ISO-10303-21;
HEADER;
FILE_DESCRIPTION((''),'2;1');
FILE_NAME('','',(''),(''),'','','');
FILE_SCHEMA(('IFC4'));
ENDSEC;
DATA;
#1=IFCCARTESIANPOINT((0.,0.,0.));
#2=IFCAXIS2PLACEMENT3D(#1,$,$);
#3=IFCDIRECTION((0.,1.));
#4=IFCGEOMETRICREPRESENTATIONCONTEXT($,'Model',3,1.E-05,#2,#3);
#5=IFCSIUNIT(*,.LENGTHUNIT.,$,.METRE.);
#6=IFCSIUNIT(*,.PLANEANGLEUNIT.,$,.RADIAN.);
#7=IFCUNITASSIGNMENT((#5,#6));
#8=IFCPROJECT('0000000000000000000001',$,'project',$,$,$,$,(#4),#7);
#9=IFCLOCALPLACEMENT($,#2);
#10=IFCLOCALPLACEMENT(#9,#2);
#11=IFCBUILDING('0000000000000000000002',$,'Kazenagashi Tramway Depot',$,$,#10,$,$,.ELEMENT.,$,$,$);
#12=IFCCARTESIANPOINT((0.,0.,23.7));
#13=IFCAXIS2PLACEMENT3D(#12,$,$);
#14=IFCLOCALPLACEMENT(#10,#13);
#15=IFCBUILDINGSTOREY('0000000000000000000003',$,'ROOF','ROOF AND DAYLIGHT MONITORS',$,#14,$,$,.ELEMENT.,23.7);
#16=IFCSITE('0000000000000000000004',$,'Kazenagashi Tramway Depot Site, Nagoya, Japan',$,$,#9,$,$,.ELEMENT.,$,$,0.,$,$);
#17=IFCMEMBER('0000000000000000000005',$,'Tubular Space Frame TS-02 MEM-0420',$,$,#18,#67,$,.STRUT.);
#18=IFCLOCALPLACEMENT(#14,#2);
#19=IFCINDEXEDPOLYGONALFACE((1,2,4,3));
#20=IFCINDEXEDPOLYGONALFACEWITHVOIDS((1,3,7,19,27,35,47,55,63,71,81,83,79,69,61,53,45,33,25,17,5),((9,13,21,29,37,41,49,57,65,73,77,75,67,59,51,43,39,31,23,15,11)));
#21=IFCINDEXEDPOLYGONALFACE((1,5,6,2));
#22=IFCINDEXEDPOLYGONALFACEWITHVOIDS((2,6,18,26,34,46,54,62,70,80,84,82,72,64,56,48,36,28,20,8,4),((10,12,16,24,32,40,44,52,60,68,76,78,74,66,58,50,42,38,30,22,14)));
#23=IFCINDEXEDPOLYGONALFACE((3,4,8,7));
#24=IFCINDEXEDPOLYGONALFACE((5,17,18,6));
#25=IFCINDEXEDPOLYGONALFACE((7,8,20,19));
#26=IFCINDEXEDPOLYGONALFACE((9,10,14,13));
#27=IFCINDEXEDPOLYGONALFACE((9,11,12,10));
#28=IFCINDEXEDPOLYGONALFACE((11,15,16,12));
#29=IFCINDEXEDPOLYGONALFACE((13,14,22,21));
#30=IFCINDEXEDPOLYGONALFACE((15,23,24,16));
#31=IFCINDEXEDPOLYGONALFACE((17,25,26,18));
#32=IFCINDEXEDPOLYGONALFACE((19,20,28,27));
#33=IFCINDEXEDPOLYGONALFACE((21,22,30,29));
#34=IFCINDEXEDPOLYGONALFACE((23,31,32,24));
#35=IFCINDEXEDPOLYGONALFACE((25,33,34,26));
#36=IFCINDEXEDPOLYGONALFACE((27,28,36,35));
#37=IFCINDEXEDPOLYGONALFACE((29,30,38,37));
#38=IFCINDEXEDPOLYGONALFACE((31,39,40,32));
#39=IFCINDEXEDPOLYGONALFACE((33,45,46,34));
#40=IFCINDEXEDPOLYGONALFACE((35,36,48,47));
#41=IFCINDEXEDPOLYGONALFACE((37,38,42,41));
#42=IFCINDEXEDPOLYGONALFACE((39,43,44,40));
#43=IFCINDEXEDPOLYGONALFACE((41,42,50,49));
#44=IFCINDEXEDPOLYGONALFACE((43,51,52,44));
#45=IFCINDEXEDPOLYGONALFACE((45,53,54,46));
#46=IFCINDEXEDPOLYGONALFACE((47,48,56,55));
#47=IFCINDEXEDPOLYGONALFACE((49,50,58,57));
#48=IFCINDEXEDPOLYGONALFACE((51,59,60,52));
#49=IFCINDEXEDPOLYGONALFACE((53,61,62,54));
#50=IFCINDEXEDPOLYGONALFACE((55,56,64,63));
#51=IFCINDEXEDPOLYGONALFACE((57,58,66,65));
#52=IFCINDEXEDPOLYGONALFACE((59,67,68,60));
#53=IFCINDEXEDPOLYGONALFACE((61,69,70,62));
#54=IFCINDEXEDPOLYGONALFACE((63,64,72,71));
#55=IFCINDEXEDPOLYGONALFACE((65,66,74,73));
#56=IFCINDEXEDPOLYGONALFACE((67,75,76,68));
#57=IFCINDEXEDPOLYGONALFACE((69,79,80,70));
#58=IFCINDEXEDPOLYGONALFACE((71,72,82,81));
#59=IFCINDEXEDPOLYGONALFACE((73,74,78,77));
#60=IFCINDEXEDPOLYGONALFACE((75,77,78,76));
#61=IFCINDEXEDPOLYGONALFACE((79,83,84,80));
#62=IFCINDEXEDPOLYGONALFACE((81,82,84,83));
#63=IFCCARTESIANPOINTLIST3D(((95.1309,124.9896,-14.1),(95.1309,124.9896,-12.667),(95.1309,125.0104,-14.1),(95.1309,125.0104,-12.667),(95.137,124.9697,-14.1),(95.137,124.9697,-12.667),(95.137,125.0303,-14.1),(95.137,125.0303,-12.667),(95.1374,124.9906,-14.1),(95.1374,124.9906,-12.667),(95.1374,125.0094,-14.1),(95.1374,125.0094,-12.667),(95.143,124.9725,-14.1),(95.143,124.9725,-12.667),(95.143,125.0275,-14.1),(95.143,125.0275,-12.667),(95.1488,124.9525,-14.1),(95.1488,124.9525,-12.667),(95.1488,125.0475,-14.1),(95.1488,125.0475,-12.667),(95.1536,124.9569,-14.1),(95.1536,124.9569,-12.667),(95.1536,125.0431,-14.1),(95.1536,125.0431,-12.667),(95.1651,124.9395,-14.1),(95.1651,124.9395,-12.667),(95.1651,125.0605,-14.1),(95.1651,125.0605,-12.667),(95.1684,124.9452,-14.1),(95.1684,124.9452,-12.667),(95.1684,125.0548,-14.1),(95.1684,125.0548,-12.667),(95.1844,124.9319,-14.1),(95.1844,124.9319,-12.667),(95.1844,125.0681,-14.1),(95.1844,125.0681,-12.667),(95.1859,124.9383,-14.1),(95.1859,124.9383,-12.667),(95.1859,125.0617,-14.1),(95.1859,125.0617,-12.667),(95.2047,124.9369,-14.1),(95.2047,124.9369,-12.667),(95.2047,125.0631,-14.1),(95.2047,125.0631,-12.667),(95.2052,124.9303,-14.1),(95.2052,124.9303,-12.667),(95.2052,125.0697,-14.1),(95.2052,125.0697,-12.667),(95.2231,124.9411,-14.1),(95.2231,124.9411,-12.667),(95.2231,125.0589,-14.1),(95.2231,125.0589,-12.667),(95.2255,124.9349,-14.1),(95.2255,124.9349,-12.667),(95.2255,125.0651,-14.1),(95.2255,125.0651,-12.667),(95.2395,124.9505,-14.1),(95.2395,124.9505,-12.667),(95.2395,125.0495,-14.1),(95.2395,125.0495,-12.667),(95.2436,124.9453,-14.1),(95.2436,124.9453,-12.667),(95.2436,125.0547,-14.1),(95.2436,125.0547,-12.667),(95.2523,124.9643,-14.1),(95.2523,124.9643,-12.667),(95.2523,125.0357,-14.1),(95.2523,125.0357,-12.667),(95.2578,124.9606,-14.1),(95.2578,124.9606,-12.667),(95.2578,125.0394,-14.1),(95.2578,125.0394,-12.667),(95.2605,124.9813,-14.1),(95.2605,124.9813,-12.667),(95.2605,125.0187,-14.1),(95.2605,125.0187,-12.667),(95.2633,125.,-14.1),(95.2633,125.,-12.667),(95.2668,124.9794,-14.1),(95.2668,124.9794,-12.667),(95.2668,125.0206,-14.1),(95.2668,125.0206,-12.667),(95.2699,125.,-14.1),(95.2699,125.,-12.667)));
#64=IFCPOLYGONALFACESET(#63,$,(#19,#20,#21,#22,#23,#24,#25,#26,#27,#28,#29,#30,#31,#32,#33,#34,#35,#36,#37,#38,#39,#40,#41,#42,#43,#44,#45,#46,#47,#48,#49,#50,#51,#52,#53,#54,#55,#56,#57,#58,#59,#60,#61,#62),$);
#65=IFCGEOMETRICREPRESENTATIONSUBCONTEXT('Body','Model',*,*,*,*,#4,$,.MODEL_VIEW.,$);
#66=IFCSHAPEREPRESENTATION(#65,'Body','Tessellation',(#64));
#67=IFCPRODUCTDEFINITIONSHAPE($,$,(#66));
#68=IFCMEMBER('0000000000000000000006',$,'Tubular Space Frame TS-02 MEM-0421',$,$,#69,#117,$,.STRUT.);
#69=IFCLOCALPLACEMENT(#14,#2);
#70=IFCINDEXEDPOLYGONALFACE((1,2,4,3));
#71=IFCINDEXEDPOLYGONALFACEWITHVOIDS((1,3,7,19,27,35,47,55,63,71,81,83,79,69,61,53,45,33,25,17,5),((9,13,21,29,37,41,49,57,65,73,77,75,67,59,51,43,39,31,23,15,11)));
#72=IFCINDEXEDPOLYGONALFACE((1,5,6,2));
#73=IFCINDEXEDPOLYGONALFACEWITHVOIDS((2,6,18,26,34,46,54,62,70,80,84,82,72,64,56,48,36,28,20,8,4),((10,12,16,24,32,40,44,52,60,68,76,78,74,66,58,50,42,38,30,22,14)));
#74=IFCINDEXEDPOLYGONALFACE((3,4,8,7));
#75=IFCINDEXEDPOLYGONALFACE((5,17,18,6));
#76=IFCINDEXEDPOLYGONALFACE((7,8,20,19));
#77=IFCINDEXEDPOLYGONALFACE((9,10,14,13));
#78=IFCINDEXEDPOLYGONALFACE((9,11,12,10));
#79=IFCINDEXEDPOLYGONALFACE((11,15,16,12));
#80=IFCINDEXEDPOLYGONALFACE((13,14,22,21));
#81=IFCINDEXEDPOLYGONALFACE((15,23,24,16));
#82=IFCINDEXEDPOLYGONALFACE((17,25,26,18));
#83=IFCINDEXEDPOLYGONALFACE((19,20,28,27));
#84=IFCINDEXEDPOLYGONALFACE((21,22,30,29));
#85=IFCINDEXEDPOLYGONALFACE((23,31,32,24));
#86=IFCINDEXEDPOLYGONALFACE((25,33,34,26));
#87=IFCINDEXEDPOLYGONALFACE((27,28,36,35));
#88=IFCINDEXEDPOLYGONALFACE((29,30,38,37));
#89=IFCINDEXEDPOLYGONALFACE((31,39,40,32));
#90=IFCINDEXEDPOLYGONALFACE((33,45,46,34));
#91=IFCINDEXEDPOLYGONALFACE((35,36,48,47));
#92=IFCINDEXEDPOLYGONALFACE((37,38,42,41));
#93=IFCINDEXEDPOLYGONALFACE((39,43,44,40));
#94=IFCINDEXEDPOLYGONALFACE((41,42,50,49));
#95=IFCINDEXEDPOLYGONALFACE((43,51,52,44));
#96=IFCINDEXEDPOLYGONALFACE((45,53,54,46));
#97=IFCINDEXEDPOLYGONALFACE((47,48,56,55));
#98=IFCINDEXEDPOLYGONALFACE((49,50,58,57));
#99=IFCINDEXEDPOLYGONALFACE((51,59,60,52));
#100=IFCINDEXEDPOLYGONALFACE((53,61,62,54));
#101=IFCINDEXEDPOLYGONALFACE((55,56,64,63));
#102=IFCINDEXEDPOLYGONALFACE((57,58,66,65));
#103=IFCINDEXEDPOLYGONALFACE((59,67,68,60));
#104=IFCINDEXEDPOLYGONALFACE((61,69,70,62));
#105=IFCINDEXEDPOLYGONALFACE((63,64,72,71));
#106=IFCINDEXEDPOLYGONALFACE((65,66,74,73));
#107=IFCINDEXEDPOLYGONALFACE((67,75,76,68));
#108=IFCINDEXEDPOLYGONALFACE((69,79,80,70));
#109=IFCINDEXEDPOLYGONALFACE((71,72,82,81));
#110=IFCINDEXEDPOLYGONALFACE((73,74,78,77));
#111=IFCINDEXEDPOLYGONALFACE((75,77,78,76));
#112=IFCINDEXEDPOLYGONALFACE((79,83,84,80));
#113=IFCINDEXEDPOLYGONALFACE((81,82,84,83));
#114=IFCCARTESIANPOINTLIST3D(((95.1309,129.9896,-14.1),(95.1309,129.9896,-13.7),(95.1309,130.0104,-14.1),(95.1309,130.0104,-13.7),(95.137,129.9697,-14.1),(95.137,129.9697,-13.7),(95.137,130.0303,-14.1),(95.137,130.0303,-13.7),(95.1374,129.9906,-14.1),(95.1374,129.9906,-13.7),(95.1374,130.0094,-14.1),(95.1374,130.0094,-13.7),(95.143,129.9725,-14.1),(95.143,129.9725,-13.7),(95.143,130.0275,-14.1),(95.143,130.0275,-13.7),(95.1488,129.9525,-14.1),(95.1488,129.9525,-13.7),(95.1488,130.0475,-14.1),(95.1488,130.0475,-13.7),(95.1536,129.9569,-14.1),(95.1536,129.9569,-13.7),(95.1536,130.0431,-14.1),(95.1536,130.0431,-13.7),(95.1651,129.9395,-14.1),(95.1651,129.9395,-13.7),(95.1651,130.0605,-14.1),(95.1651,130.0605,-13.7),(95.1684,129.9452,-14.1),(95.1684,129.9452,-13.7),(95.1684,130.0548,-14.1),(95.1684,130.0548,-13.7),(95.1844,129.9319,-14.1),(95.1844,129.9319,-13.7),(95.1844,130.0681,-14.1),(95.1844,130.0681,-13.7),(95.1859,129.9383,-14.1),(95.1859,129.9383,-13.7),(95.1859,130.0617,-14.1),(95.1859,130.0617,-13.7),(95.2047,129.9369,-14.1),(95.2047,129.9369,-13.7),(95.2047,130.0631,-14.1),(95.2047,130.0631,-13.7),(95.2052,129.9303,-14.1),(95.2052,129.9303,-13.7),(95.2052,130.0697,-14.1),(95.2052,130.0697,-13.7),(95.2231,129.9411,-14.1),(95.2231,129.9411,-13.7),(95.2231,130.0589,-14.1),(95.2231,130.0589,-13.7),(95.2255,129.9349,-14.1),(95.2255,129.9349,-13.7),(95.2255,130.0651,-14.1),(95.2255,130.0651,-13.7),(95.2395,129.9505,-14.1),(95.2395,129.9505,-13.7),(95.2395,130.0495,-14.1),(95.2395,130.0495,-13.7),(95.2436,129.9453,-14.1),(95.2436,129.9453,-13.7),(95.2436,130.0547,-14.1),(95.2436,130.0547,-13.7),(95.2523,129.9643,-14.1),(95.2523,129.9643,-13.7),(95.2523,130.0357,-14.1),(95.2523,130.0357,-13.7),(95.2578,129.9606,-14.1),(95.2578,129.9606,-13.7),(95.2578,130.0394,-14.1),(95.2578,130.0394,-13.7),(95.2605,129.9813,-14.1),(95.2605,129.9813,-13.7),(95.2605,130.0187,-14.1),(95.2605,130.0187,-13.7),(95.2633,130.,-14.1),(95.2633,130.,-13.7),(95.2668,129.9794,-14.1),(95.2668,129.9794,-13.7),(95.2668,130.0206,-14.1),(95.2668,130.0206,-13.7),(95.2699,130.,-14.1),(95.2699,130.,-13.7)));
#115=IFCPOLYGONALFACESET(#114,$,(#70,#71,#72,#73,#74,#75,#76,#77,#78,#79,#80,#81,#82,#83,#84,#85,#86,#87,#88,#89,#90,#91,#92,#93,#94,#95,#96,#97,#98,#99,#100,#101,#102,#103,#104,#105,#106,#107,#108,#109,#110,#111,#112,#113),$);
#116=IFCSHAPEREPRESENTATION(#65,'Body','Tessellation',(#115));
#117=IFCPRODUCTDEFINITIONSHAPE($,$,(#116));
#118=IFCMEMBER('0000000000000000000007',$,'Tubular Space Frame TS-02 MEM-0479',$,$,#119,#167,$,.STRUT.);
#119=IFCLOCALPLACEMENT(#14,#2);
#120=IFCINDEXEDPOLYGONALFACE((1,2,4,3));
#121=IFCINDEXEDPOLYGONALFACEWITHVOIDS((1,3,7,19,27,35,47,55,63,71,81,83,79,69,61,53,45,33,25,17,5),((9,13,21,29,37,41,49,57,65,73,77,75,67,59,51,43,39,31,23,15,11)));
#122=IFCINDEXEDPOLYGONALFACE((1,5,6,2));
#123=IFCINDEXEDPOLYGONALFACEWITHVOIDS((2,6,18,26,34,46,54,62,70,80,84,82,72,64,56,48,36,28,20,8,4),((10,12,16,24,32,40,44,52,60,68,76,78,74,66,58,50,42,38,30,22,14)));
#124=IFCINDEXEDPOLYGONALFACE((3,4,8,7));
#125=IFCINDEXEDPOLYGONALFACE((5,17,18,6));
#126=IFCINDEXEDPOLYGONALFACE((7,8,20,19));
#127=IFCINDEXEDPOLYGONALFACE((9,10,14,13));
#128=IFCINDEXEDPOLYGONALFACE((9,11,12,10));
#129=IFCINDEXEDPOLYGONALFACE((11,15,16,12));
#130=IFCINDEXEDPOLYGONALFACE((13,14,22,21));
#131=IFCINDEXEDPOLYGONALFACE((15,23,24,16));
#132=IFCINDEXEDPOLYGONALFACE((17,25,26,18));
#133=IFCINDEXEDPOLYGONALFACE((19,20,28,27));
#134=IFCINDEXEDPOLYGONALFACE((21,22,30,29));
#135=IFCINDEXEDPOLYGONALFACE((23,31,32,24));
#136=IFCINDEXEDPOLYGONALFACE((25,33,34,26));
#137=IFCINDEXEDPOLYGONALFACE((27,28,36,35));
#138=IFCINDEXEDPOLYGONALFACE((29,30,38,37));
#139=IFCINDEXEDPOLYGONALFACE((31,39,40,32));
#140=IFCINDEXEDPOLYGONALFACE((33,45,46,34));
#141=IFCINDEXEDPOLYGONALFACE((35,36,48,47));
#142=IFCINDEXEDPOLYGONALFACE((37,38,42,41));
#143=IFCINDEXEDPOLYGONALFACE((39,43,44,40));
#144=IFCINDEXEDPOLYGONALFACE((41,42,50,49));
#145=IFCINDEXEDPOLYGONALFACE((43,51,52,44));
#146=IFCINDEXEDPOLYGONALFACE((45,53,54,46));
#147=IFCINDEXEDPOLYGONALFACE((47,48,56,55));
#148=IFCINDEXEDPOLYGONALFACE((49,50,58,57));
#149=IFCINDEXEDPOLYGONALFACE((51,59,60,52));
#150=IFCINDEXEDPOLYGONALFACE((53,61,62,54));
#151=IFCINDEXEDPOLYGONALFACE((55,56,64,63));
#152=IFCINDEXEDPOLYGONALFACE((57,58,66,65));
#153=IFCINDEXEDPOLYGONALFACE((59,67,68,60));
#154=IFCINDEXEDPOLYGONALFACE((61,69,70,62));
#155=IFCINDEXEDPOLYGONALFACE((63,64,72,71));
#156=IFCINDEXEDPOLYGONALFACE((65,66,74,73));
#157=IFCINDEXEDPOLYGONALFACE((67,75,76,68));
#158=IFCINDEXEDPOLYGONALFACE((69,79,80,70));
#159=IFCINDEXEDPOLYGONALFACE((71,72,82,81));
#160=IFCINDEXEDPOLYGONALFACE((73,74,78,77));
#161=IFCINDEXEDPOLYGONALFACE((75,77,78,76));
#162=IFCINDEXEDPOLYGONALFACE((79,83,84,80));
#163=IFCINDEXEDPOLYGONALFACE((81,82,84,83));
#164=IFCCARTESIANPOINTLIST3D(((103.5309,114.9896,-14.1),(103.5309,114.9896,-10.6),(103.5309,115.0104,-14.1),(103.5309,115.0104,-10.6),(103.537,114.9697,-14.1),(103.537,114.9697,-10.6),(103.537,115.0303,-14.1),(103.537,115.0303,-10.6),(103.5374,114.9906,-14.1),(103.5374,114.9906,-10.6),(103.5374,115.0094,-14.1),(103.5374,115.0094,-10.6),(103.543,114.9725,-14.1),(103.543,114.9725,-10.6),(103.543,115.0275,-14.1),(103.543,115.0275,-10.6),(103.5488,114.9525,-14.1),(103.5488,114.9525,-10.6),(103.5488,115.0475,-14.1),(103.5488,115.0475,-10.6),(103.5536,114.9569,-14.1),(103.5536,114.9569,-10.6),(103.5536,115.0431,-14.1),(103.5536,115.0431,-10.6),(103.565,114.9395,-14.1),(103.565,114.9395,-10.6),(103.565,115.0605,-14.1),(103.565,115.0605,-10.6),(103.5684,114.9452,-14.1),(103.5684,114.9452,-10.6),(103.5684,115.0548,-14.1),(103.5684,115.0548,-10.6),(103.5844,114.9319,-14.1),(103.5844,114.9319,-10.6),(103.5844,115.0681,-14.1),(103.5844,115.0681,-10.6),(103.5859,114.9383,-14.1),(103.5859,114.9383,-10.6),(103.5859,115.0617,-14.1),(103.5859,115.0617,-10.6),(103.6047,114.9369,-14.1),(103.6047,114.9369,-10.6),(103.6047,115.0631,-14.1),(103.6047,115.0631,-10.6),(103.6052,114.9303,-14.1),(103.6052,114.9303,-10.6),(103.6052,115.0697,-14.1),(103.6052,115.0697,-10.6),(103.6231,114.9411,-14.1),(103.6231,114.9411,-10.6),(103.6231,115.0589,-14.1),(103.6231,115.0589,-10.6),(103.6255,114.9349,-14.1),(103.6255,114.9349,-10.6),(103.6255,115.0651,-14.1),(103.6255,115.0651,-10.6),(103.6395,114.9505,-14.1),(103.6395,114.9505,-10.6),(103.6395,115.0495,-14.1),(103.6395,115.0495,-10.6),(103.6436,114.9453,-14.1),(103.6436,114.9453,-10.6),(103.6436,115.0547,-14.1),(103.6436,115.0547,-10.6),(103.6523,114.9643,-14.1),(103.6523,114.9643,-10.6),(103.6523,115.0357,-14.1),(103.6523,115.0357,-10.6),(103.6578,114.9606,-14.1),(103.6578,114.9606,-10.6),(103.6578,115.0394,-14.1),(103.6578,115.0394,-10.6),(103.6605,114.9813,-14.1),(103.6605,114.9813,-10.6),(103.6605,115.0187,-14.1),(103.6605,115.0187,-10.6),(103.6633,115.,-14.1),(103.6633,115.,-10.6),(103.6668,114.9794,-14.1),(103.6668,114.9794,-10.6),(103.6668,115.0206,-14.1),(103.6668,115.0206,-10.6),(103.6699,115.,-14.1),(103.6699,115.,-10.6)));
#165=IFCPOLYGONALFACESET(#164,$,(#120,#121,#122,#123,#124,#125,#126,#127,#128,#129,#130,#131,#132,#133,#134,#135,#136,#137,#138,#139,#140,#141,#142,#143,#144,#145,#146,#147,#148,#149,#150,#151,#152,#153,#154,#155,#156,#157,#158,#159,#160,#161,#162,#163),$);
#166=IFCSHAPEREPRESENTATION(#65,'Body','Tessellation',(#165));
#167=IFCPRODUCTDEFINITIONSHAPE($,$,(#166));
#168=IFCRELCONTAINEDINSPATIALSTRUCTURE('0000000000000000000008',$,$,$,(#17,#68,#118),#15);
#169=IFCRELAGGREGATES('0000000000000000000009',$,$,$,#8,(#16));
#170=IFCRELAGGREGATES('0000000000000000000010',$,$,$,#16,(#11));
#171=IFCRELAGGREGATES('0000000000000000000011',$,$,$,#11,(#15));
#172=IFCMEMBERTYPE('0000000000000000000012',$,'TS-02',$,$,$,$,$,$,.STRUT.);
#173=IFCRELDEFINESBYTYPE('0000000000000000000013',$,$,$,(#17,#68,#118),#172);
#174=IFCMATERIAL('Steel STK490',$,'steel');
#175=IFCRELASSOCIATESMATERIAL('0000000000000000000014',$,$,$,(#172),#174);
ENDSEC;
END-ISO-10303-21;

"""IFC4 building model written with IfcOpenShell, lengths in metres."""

from ifc_helpers import new_model, si_unit, direction, frame, origin, origin_2d, place, context, subcontext, project, spatial, hollow_circle, extrude, material, material_profile, profile_set, type_object, element, save


model = new_model("IFC4")

# Units and contexts
model_context = context("Model", 3, precision=1e-05, world=origin(), true_north=direction((0.0, 1.0)))
body_context = subcontext(model_context, "Body", "Model", "MODEL_VIEW")
ifc_project = project(units=[si_unit("LENGTHUNIT", "METRE"), si_unit("PLANEANGLEUNIT", "RADIAN")], contexts=[model_context])

# Site, building, storey
site_placement = place(None, origin())
site = spatial("IfcSite", under=ifc_project, at=site_placement, Name="Kazenagashi Tramway Depot Site, Nagoya, Japan", CompositionType="ELEMENT", RefElevation=0.0)
building_placement = place(site_placement, origin())
building = spatial("IfcBuilding", under=site, at=building_placement, Name="Kazenagashi Tramway Depot", CompositionType="ELEMENT")
storey_placement = place(building_placement, frame((0.0, 0.0, 23.7)))
storey = spatial("IfcBuildingStorey", under=building, at=storey_placement, Name="ROOF", Description="ROOF AND DAYLIGHT MONITORS", CompositionType="ELEMENT", Elevation=23.7)

# Members
ifc_material_1 = material(Name="Steel STK490", Category="steel")
ifc_material_profile_1 = material_profile(ifc_material_1, hollow_circle(Radius=0.0699, WallThickness=0.0066, at=origin_2d()), Name="CHS-139.8x6.6")
ifc_profile_set_1 = profile_set([ifc_material_profile_1], Name="Steel STK490")
member_type_1 = type_object("IfcMemberType", Name="TS-02", PredefinedType="STRUT", material=ifc_profile_set_1)
member_1_placement = place(storey_placement, frame((95.2, 125.0, -14.1), z_axis=(0.0, 0.0, 1.0), x_axis=(1.0, 0.0, 0.0)))
element("IfcMember", 1, at=member_1_placement, inside=storey, type_object=member_type_1, Name="Tubular Space Frame TS-02 MEM-0420", PredefinedType="STRUT", context=body_context, shape_type="SweptSolid", body=[
    extrude(hollow_circle(Radius=0.0699, WallThickness=0.0066, at=origin_2d()), origin(), (0.0, 0.0, 1.0), 1.433),
])
member_2_placement = place(storey_placement, frame((95.2, 130.0, -14.1), z_axis=(0.0, 0.0, 1.0), x_axis=(1.0, 0.0, 0.0)))
element("IfcMember", 2, at=member_2_placement, inside=storey, type_object=member_type_1, Name="Tubular Space Frame TS-02 MEM-0421", PredefinedType="STRUT", context=body_context, shape_type="SweptSolid", body=[
    extrude(hollow_circle(Radius=0.0699, WallThickness=0.0066, at=origin_2d()), origin(), (0.0, 0.0, 1.0), 0.4),
])
member_3_placement = place(storey_placement, frame((103.6, 115.0, -14.1), z_axis=(0.0, 0.0, 1.0), x_axis=(1.0, 0.0, 0.0)))
element("IfcMember", 3, at=member_3_placement, inside=storey, type_object=member_type_1, Name="Tubular Space Frame TS-02 MEM-0479", PredefinedType="STRUT", context=body_context, shape_type="SweptSolid", body=[
    extrude(hollow_circle(Radius=0.0699, WallThickness=0.0066, at=origin_2d()), origin(), (0.0, 0.0, 1.0), 3.5),
])

save(model, "model.ifc")
